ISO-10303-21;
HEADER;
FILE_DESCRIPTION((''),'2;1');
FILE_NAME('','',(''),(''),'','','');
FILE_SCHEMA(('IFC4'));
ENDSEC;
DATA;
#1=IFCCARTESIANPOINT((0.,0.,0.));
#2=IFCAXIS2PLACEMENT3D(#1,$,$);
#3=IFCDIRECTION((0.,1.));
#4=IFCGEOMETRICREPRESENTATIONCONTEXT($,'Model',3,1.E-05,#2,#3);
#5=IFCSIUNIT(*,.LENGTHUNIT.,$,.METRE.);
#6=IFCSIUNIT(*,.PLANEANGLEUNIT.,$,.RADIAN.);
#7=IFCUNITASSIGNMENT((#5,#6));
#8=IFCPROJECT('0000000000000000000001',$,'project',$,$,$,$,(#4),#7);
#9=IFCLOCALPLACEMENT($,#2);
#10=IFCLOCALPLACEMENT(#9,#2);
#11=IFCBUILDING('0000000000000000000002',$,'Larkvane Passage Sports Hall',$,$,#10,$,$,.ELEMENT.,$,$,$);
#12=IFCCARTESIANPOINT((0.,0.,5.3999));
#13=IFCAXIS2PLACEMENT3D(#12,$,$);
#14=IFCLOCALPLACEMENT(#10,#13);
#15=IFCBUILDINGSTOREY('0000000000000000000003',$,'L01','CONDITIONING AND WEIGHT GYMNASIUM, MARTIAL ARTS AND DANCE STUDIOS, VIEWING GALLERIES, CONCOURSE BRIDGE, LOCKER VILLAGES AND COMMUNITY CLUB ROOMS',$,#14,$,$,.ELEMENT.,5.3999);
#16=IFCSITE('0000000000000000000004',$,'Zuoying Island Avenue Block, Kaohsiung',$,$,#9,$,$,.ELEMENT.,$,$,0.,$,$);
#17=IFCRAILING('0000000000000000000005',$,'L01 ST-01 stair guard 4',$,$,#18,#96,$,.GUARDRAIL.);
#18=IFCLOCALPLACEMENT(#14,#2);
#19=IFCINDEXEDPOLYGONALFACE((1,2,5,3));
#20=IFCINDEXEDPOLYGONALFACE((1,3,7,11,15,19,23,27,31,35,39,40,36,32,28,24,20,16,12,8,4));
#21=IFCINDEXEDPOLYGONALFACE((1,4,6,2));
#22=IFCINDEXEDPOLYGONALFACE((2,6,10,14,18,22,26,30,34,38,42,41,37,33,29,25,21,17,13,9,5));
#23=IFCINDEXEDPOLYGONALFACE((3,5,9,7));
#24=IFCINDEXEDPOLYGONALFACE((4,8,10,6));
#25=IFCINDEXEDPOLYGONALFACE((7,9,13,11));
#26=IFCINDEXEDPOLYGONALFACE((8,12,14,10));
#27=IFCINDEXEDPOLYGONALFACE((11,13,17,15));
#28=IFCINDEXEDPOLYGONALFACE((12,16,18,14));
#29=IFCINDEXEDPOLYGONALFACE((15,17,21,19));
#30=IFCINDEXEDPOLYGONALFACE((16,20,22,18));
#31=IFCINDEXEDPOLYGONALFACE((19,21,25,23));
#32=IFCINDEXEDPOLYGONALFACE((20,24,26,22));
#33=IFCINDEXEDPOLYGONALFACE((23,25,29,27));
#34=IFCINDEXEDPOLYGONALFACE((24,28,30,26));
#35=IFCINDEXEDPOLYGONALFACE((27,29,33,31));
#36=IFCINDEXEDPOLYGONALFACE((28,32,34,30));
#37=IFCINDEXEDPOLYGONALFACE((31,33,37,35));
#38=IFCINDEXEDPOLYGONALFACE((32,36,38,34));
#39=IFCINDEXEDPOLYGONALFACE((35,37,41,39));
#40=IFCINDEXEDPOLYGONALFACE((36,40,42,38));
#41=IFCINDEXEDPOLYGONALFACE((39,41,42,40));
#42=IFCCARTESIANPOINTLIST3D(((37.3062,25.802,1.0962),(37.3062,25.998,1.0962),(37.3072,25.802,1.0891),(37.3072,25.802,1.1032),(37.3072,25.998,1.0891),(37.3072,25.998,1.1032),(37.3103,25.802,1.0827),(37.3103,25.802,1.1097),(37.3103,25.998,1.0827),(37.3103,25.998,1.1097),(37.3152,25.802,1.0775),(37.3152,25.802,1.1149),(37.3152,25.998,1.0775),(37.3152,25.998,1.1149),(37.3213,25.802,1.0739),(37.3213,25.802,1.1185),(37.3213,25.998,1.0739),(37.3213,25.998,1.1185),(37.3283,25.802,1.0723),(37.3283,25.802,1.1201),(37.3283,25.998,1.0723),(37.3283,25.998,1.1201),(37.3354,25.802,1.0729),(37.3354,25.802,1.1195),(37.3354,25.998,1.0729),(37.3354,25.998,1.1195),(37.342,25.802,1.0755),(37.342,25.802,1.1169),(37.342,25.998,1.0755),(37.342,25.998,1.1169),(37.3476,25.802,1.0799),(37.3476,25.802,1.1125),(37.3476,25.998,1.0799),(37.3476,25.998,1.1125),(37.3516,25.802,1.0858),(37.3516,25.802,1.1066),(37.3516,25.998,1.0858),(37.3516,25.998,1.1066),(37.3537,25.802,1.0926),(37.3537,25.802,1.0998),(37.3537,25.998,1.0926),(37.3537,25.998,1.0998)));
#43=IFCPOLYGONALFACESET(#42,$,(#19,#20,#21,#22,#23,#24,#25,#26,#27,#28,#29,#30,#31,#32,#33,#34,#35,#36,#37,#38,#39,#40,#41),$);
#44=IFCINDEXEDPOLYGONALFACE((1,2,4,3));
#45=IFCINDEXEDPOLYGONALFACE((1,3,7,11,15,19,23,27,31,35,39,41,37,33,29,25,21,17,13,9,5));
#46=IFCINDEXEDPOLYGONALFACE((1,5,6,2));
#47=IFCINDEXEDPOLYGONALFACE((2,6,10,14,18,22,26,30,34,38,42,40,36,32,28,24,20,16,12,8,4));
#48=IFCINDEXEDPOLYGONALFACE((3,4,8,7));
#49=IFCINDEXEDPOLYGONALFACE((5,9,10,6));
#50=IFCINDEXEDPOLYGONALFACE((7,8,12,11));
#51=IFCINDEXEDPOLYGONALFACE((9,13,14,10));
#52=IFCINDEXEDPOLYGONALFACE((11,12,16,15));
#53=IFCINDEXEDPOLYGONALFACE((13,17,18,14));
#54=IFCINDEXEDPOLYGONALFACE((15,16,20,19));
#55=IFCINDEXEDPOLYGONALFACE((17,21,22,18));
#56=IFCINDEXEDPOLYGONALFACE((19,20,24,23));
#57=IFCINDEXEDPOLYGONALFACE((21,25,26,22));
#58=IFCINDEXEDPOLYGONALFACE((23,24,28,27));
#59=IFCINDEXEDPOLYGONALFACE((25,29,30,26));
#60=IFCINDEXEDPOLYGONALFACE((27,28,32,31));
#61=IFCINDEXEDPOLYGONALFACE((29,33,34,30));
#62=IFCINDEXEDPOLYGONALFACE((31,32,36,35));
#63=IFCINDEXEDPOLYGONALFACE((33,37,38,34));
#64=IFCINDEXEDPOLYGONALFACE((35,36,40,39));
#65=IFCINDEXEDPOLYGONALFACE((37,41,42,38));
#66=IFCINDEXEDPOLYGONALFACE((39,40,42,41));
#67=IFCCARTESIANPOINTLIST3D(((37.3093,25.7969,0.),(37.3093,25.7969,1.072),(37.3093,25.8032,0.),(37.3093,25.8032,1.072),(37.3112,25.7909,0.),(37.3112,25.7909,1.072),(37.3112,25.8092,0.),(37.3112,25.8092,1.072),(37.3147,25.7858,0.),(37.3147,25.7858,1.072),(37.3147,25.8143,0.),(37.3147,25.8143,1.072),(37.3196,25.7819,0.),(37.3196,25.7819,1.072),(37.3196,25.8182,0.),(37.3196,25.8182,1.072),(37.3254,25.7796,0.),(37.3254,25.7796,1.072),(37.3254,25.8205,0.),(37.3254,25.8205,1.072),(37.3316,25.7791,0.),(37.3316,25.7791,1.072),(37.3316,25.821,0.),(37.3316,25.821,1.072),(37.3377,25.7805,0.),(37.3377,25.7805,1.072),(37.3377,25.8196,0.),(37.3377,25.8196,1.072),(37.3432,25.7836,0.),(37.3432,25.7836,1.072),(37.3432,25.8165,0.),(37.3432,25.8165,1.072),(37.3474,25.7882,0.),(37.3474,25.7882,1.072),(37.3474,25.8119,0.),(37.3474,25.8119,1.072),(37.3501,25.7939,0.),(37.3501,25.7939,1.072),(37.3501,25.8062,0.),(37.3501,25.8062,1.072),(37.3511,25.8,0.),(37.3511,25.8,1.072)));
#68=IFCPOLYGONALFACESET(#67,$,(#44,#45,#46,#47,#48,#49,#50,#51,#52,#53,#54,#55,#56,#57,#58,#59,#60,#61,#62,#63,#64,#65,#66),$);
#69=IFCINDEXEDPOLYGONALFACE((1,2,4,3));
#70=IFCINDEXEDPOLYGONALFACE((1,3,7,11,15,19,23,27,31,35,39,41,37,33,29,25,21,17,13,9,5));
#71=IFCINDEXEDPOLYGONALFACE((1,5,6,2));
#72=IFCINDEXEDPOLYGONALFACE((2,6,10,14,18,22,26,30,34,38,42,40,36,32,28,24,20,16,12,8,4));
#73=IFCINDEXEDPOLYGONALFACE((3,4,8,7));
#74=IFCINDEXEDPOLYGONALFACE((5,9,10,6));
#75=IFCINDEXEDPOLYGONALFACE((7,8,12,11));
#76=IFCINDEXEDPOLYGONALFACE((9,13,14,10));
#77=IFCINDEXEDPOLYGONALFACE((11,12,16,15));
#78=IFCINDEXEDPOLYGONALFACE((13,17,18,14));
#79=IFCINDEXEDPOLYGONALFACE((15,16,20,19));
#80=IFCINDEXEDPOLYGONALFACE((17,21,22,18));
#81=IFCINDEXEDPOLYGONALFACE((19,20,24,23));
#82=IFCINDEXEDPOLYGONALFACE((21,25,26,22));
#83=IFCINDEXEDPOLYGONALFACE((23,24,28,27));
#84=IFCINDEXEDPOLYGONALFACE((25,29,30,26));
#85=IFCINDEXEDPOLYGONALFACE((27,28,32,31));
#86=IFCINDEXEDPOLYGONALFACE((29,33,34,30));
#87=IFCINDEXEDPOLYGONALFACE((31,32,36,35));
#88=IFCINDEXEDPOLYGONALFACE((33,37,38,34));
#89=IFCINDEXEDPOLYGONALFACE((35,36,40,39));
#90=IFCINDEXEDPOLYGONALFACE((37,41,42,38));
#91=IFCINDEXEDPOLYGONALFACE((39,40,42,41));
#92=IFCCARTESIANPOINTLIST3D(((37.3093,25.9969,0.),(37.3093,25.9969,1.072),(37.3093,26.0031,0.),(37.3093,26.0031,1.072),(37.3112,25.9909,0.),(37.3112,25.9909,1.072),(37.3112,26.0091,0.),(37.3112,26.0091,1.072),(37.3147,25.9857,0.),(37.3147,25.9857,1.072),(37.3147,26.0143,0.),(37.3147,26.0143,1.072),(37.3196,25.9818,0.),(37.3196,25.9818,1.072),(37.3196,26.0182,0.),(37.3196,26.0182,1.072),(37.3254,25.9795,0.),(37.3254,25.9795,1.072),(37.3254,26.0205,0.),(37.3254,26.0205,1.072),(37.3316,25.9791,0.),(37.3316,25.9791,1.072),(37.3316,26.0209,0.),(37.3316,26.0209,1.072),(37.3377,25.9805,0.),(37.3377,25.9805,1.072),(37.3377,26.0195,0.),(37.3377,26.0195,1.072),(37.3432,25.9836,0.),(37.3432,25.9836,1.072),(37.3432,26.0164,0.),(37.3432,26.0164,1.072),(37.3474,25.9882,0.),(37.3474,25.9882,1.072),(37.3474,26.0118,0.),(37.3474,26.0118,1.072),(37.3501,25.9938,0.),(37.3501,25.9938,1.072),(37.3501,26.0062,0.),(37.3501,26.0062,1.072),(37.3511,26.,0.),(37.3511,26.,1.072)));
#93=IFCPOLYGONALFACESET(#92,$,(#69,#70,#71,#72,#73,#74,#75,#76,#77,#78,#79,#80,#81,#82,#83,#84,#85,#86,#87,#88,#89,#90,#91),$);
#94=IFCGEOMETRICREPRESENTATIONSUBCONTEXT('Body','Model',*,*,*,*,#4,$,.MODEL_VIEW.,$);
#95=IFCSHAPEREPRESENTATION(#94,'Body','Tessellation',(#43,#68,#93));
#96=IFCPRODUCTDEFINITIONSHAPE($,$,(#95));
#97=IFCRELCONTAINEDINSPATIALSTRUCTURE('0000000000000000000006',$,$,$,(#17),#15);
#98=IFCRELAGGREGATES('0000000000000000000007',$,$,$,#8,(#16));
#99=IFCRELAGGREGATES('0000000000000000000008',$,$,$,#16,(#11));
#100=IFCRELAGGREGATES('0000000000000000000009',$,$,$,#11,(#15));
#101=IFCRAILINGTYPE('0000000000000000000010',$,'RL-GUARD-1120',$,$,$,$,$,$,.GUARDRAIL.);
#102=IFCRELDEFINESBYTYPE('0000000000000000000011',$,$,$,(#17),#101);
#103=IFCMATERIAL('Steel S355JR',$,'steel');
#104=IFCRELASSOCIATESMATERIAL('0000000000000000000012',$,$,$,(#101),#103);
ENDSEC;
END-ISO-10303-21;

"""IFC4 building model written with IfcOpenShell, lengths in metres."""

from ifc_helpers import new_model, si_unit, direction, frame, origin, origin_2d, place, context, subcontext, project, spatial, circle, extrude, material, type_object, element, save


model = new_model("IFC4")

# Units and contexts
model_context = context("Model", 3, precision=1e-05, world=origin(), true_north=direction((0.0, 1.0)))
body_context = subcontext(model_context, "Body", "Model", "MODEL_VIEW")
ifc_project = project(units=[si_unit("LENGTHUNIT", "METRE"), si_unit("PLANEANGLEUNIT", "RADIAN")], contexts=[model_context])

# Site, building, storey
site_placement = place(None, origin())
site = spatial("IfcSite", under=ifc_project, at=site_placement, Name="Zuoying Island Avenue Block, Kaohsiung", CompositionType="ELEMENT", RefElevation=0.0)
building_placement = place(site_placement, origin())
building = spatial("IfcBuilding", under=site, at=building_placement, Name="Larkvane Passage Sports Hall", CompositionType="ELEMENT")
storey_placement = place(building_placement, frame((0.0, 0.0, 5.3999)))
storey = spatial("IfcBuildingStorey", under=building, at=storey_placement, Name="L01", Description="CONDITIONING AND WEIGHT GYMNASIUM, MARTIAL ARTS AND DANCE STUDIOS, VIEWING GALLERIES, CONCOURSE BRIDGE, LOCKER VILLAGES AND COMMUNITY CLUB ROOMS", CompositionType="ELEMENT", Elevation=5.3999)

# Shared definitions
ifc_material_1 = material(Name="Steel S355JR", Category="steel")

# Railing
railing_type_1 = type_object("IfcRailingType", Name="RL-GUARD-1120", PredefinedType="GUARDRAIL", material=ifc_material_1)
railing_1_placement = place(storey_placement, frame((37.3301, 25.8, 0.0)))
element("IfcRailing", 1, at=railing_1_placement, inside=storey, type_object=railing_type_1, Name="L01 ST-01 stair guard 4", PredefinedType="GUARDRAIL", context=body_context, shape_type="SweptSolid", body=[
    extrude(circle(Radius=0.0239, at=origin_2d()), frame((0.0, 0.002, 1.0962), z_axis=(0.0, 1.0, 0.0), x_axis=(-1.0, 0.0, 0.0)), (0.0, 0.0, 1.0), 0.196),
    extrude(circle(Radius=0.021, at=origin_2d()), origin(), (0.0, 0.0, 1.0), 1.072),
    extrude(circle(Radius=0.021, at=origin_2d()), frame((0.0, 0.2, 0.0)), (0.0, 0.0, 1.0), 1.072),
])

save(model, "model.ifc")
